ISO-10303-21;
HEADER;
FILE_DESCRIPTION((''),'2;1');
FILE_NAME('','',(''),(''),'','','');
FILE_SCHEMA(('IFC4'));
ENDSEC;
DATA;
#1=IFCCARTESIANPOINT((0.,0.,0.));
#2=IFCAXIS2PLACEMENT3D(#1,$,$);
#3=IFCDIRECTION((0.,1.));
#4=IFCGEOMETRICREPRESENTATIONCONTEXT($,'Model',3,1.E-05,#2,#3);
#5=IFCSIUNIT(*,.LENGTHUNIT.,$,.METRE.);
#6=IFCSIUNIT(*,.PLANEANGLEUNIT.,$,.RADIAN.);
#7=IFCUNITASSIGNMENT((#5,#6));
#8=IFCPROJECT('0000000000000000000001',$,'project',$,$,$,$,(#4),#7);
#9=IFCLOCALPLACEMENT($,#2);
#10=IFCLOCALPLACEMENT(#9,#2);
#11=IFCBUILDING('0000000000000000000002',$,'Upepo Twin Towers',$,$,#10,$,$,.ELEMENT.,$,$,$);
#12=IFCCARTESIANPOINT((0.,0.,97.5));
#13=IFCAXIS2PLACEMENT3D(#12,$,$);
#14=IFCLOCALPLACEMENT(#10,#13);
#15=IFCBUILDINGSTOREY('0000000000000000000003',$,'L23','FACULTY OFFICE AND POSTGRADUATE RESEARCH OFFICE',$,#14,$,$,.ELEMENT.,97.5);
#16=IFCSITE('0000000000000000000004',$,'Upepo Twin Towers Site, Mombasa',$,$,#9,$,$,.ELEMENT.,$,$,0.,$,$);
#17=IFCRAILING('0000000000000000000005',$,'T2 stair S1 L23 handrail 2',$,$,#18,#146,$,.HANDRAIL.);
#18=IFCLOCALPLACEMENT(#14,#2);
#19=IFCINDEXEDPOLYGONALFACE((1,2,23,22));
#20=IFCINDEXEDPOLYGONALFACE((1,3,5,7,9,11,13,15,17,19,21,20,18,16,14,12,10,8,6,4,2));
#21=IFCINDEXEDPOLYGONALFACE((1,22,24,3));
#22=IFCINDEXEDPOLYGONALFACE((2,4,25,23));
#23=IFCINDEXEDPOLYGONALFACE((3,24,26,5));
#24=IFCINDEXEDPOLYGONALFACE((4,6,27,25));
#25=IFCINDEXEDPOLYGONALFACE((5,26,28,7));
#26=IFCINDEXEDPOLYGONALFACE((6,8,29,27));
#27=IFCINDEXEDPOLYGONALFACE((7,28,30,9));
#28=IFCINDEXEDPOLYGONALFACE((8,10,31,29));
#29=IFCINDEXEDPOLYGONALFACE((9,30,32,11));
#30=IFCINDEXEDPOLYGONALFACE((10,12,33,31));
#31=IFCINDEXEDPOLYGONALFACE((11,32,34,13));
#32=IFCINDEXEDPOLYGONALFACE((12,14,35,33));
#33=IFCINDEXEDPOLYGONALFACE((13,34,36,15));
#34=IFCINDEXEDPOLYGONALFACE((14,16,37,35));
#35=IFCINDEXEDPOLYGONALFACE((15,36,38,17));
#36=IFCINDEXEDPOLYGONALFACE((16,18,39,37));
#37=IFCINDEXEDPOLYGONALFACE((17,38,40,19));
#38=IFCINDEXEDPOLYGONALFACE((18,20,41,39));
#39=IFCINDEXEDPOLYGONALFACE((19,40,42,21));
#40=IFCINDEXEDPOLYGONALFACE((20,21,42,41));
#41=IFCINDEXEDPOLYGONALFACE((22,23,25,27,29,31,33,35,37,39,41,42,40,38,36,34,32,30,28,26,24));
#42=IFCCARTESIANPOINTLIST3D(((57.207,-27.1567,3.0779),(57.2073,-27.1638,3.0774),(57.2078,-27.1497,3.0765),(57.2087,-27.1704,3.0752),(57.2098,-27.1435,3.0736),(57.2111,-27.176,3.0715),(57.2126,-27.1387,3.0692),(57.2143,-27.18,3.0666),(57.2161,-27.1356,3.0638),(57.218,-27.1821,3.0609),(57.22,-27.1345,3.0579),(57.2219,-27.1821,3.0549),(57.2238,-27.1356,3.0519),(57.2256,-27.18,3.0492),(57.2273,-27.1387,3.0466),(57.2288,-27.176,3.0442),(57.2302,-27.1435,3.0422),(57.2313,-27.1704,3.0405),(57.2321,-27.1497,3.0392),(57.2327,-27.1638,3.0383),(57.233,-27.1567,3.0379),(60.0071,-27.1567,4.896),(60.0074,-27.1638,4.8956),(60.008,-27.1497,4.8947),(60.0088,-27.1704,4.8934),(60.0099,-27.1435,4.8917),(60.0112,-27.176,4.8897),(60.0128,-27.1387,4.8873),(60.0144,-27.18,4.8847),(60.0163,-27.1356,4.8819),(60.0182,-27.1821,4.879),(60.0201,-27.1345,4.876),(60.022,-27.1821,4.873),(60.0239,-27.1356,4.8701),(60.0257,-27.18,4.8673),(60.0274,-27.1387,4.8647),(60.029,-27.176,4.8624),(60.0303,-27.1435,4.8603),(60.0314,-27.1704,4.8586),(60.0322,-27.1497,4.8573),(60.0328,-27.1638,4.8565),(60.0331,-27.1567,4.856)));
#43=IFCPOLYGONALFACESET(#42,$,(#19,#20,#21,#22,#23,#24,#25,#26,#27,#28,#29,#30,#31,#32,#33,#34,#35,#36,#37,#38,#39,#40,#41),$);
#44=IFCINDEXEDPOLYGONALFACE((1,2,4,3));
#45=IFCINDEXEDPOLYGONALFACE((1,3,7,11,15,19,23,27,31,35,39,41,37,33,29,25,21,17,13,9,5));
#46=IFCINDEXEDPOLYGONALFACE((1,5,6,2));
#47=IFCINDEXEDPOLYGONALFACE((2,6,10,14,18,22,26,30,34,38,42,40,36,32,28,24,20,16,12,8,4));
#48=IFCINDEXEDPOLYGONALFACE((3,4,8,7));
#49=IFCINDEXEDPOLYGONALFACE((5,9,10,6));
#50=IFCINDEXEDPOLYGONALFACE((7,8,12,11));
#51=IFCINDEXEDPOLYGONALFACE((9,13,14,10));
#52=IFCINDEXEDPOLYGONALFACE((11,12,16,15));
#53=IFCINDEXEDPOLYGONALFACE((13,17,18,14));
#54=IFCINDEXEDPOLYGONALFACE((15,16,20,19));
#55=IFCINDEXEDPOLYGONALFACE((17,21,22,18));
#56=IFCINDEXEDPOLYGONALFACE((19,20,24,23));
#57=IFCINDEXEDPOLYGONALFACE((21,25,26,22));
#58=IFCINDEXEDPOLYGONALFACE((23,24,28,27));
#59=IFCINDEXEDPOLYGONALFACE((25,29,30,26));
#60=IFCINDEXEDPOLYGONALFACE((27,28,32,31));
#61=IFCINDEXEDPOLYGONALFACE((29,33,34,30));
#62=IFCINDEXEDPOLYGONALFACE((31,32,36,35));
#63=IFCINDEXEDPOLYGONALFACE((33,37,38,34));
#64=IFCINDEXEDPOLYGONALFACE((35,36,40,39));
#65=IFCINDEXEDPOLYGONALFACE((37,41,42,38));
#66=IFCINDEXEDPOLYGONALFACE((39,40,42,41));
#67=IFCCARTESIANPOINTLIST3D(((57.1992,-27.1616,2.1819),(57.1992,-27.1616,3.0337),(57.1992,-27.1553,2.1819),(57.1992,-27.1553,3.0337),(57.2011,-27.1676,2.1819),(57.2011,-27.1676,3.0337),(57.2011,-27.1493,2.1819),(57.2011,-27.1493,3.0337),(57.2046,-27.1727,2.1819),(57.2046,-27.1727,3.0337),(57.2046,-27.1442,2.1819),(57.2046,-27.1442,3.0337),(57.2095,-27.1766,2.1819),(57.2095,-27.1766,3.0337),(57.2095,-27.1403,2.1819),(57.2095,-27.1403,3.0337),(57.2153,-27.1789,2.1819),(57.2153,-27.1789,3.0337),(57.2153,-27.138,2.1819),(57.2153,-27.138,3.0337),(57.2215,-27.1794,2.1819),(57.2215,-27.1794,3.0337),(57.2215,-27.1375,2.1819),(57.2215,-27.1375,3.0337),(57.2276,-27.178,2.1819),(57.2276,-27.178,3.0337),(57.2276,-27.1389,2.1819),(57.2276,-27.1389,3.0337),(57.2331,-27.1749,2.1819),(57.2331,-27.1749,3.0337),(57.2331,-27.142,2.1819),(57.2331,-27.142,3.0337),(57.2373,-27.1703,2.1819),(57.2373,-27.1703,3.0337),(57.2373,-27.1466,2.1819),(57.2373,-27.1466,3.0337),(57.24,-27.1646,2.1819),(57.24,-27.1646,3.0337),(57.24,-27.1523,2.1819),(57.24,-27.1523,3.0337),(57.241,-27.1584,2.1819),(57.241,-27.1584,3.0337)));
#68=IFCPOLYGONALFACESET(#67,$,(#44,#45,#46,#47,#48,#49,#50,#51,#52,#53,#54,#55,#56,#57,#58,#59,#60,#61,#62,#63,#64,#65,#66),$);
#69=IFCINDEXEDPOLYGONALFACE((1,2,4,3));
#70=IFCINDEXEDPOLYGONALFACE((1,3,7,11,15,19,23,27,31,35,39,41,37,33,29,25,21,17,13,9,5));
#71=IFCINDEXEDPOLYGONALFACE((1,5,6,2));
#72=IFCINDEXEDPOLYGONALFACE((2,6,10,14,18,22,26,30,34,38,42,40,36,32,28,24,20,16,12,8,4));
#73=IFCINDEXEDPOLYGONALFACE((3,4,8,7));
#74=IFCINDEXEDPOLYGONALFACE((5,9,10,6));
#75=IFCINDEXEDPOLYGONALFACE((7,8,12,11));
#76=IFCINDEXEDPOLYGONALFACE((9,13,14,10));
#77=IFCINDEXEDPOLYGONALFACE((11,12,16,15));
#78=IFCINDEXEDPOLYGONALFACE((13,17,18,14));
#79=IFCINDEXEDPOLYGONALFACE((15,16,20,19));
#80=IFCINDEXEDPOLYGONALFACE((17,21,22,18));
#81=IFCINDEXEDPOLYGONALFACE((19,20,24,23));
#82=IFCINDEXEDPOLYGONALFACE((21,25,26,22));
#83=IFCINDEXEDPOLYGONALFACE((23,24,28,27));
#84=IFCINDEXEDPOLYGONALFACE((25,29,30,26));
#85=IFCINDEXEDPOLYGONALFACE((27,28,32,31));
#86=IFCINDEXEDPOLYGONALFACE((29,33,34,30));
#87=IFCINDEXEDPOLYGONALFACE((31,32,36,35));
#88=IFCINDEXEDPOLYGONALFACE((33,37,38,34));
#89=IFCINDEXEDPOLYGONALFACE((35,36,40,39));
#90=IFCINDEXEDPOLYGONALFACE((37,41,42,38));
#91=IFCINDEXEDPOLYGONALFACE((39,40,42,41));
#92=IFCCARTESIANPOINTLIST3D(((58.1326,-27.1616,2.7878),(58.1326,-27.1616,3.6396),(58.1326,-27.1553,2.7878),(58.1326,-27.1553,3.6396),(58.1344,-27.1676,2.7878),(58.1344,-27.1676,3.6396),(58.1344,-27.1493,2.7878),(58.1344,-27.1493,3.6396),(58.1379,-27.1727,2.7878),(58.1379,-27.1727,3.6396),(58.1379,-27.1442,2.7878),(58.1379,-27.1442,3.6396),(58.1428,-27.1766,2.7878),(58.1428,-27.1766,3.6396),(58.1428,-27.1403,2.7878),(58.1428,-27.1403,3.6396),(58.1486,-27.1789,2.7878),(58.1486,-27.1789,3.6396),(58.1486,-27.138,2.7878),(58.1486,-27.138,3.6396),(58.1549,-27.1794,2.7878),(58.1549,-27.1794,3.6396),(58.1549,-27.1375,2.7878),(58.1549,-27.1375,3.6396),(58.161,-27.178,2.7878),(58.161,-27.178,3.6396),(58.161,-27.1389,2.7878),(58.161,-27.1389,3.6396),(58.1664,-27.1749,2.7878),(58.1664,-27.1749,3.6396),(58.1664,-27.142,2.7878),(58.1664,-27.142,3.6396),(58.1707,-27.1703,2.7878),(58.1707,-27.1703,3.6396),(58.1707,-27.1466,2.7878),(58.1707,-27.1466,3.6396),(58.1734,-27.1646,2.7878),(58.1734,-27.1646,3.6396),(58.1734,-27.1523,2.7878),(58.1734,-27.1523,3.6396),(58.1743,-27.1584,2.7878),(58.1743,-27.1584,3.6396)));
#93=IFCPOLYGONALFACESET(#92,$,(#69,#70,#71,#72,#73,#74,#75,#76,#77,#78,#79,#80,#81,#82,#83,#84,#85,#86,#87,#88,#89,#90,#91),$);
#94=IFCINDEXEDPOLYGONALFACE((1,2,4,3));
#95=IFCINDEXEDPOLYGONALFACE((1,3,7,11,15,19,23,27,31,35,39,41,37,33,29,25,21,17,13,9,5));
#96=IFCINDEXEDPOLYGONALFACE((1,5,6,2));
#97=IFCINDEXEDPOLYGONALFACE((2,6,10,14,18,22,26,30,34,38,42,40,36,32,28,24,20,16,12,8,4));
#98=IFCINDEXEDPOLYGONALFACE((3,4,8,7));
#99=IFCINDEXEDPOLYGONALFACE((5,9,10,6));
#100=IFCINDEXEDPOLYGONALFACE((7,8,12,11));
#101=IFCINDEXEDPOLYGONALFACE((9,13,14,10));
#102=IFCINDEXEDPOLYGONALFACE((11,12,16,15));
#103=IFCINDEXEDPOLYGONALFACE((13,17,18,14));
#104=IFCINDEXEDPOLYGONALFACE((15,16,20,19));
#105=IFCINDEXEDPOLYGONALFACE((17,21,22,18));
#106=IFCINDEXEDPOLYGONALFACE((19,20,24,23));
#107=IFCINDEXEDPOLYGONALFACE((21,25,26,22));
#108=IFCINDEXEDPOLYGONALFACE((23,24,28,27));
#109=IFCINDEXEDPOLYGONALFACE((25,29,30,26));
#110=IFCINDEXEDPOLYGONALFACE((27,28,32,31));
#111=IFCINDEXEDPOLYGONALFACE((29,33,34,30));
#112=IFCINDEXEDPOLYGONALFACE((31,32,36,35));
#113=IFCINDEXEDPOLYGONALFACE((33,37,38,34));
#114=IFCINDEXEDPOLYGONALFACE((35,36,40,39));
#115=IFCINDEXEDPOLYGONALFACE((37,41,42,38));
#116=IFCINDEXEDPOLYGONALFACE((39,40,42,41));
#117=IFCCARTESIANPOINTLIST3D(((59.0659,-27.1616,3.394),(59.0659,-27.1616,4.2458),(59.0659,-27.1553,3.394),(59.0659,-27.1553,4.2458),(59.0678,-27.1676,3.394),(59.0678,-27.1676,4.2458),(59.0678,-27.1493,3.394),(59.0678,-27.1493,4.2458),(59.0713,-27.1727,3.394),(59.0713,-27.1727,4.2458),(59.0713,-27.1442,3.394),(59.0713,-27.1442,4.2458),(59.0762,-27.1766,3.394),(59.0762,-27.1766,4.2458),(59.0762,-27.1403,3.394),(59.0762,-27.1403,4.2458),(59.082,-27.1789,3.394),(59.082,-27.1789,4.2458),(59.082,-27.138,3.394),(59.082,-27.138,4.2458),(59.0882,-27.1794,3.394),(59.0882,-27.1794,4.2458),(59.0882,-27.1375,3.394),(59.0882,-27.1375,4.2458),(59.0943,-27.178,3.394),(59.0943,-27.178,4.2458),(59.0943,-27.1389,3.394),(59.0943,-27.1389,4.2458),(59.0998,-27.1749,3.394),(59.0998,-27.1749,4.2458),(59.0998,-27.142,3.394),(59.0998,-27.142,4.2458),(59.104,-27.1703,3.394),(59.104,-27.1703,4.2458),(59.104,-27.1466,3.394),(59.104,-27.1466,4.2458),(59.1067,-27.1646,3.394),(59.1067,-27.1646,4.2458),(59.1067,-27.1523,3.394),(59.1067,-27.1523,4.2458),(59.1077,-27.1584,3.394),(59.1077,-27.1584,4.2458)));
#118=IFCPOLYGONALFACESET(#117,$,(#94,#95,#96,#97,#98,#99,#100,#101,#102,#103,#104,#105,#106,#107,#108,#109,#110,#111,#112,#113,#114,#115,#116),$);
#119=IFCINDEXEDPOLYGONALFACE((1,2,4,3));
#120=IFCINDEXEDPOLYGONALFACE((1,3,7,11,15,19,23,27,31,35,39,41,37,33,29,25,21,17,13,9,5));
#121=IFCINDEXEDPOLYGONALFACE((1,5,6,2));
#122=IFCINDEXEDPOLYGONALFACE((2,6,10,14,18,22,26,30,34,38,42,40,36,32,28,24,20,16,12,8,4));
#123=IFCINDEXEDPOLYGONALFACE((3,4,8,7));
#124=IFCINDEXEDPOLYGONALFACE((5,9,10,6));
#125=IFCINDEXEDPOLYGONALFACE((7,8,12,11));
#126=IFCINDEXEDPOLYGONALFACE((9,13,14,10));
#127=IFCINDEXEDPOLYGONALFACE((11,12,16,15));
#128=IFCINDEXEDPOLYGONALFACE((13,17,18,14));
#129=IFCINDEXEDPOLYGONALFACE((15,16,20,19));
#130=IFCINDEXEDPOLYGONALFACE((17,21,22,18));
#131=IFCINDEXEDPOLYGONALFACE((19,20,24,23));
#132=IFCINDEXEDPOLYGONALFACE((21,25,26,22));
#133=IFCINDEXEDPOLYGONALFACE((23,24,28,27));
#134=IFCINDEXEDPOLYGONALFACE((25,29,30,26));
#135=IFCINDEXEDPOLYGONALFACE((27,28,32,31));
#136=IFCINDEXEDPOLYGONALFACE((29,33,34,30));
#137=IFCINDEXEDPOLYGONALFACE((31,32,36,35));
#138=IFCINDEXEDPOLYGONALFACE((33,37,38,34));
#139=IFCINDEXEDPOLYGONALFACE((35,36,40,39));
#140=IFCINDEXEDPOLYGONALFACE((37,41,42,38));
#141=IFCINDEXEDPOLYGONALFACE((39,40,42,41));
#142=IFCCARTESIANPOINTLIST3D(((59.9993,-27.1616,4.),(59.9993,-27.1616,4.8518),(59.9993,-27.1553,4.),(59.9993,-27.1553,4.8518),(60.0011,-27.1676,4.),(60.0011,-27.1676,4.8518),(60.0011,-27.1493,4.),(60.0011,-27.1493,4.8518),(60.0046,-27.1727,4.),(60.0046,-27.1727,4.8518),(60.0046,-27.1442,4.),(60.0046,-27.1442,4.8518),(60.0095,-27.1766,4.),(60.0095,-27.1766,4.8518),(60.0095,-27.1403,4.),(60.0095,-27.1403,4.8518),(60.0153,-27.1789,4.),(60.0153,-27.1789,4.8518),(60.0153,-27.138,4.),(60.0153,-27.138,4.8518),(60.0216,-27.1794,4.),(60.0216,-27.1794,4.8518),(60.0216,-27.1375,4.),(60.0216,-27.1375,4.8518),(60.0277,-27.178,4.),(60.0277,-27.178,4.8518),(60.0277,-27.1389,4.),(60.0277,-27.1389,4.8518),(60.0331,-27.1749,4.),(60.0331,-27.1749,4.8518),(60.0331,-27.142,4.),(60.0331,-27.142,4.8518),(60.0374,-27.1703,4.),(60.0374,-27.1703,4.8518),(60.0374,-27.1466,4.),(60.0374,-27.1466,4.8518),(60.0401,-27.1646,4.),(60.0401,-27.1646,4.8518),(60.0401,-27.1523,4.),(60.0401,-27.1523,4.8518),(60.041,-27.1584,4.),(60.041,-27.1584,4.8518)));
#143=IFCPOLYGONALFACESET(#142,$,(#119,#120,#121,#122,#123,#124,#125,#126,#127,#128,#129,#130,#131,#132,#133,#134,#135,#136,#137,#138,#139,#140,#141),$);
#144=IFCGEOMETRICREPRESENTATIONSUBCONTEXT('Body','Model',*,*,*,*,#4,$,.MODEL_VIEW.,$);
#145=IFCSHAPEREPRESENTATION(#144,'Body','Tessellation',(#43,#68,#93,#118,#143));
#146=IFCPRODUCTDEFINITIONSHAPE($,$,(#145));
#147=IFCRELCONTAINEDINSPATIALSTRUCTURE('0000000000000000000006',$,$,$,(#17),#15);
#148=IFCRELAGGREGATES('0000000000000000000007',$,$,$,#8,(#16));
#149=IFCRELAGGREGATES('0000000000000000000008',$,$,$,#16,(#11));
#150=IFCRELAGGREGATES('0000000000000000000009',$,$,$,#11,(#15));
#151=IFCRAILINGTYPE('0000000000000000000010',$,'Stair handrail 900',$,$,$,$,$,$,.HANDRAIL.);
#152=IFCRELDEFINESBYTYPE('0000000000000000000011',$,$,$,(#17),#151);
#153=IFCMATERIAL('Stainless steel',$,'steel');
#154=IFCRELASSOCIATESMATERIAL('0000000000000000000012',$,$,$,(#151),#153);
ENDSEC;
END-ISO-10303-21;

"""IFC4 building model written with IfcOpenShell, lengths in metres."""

from ifc_helpers import new_model, si_unit, direction, frame, origin, origin_2d, place, context, subcontext, project, spatial, circle, extrude, material, type_object, element, save


model = new_model("IFC4")

# Units and contexts
model_context = context("Model", 3, precision=1e-05, world=origin(), true_north=direction((0.0, 1.0)))
body_context = subcontext(model_context, "Body", "Model", "MODEL_VIEW")
ifc_project = project(units=[si_unit("LENGTHUNIT", "METRE"), si_unit("PLANEANGLEUNIT", "RADIAN")], contexts=[model_context])

# Site, building, storey
site_placement = place(None, origin())
site = spatial("IfcSite", under=ifc_project, at=site_placement, Name="Upepo Twin Towers Site, Mombasa", CompositionType="ELEMENT", RefElevation=0.0)
building_placement = place(site_placement, origin())
building = spatial("IfcBuilding", under=site, at=building_placement, Name="Upepo Twin Towers", CompositionType="ELEMENT")
storey_placement = place(building_placement, frame((0.0, 0.0, 97.5)))
storey = spatial("IfcBuildingStorey", under=building, at=storey_placement, Name="L23", Description="FACULTY OFFICE AND POSTGRADUATE RESEARCH OFFICE", CompositionType="ELEMENT", Elevation=97.5)

# Railing
ifc_material_1 = material(Name="Stainless steel", Category="steel")
railing_type = type_object("IfcRailingType", Name="Stair handrail 900", PredefinedType="HANDRAIL", material=ifc_material_1)
railing_1_placement = place(storey_placement, frame((57.22, -27.1584, 2.1819)))
element("IfcRailing", 1, at=railing_1_placement, inside=storey, type_object=railing_type, Name="T2 stair S1 L23 handrail 2", PredefinedType="HANDRAIL", context=body_context, shape_type="SweptSolid", body=[
    extrude(circle(Radius=0.0239, at=origin_2d()), frame((0.0, 0.0, 0.876), z_axis=(0.838706, 0.0, 0.544585), x_axis=(0.0, 1.0, 0.0)), (0.0, 0.0, 1.0), 3.3386),
    extrude(circle(Radius=0.021, at=origin_2d()), origin(), (0.0, 0.0, 1.0), 0.8518),
    extrude(circle(Radius=0.021, at=origin_2d()), frame((0.9333, 0.0, 0.606)), (0.0, 0.0, 1.0), 0.8518),
    extrude(circle(Radius=0.021, at=origin_2d()), frame((1.8667, 0.0, 1.2122)), (0.0, 0.0, 1.0), 0.8518),
    extrude(circle(Radius=0.021, at=origin_2d()), frame((2.8, 0.0, 1.8181)), (0.0, 0.0, 1.0), 0.8518),
])

save(model, "model.ifc")
